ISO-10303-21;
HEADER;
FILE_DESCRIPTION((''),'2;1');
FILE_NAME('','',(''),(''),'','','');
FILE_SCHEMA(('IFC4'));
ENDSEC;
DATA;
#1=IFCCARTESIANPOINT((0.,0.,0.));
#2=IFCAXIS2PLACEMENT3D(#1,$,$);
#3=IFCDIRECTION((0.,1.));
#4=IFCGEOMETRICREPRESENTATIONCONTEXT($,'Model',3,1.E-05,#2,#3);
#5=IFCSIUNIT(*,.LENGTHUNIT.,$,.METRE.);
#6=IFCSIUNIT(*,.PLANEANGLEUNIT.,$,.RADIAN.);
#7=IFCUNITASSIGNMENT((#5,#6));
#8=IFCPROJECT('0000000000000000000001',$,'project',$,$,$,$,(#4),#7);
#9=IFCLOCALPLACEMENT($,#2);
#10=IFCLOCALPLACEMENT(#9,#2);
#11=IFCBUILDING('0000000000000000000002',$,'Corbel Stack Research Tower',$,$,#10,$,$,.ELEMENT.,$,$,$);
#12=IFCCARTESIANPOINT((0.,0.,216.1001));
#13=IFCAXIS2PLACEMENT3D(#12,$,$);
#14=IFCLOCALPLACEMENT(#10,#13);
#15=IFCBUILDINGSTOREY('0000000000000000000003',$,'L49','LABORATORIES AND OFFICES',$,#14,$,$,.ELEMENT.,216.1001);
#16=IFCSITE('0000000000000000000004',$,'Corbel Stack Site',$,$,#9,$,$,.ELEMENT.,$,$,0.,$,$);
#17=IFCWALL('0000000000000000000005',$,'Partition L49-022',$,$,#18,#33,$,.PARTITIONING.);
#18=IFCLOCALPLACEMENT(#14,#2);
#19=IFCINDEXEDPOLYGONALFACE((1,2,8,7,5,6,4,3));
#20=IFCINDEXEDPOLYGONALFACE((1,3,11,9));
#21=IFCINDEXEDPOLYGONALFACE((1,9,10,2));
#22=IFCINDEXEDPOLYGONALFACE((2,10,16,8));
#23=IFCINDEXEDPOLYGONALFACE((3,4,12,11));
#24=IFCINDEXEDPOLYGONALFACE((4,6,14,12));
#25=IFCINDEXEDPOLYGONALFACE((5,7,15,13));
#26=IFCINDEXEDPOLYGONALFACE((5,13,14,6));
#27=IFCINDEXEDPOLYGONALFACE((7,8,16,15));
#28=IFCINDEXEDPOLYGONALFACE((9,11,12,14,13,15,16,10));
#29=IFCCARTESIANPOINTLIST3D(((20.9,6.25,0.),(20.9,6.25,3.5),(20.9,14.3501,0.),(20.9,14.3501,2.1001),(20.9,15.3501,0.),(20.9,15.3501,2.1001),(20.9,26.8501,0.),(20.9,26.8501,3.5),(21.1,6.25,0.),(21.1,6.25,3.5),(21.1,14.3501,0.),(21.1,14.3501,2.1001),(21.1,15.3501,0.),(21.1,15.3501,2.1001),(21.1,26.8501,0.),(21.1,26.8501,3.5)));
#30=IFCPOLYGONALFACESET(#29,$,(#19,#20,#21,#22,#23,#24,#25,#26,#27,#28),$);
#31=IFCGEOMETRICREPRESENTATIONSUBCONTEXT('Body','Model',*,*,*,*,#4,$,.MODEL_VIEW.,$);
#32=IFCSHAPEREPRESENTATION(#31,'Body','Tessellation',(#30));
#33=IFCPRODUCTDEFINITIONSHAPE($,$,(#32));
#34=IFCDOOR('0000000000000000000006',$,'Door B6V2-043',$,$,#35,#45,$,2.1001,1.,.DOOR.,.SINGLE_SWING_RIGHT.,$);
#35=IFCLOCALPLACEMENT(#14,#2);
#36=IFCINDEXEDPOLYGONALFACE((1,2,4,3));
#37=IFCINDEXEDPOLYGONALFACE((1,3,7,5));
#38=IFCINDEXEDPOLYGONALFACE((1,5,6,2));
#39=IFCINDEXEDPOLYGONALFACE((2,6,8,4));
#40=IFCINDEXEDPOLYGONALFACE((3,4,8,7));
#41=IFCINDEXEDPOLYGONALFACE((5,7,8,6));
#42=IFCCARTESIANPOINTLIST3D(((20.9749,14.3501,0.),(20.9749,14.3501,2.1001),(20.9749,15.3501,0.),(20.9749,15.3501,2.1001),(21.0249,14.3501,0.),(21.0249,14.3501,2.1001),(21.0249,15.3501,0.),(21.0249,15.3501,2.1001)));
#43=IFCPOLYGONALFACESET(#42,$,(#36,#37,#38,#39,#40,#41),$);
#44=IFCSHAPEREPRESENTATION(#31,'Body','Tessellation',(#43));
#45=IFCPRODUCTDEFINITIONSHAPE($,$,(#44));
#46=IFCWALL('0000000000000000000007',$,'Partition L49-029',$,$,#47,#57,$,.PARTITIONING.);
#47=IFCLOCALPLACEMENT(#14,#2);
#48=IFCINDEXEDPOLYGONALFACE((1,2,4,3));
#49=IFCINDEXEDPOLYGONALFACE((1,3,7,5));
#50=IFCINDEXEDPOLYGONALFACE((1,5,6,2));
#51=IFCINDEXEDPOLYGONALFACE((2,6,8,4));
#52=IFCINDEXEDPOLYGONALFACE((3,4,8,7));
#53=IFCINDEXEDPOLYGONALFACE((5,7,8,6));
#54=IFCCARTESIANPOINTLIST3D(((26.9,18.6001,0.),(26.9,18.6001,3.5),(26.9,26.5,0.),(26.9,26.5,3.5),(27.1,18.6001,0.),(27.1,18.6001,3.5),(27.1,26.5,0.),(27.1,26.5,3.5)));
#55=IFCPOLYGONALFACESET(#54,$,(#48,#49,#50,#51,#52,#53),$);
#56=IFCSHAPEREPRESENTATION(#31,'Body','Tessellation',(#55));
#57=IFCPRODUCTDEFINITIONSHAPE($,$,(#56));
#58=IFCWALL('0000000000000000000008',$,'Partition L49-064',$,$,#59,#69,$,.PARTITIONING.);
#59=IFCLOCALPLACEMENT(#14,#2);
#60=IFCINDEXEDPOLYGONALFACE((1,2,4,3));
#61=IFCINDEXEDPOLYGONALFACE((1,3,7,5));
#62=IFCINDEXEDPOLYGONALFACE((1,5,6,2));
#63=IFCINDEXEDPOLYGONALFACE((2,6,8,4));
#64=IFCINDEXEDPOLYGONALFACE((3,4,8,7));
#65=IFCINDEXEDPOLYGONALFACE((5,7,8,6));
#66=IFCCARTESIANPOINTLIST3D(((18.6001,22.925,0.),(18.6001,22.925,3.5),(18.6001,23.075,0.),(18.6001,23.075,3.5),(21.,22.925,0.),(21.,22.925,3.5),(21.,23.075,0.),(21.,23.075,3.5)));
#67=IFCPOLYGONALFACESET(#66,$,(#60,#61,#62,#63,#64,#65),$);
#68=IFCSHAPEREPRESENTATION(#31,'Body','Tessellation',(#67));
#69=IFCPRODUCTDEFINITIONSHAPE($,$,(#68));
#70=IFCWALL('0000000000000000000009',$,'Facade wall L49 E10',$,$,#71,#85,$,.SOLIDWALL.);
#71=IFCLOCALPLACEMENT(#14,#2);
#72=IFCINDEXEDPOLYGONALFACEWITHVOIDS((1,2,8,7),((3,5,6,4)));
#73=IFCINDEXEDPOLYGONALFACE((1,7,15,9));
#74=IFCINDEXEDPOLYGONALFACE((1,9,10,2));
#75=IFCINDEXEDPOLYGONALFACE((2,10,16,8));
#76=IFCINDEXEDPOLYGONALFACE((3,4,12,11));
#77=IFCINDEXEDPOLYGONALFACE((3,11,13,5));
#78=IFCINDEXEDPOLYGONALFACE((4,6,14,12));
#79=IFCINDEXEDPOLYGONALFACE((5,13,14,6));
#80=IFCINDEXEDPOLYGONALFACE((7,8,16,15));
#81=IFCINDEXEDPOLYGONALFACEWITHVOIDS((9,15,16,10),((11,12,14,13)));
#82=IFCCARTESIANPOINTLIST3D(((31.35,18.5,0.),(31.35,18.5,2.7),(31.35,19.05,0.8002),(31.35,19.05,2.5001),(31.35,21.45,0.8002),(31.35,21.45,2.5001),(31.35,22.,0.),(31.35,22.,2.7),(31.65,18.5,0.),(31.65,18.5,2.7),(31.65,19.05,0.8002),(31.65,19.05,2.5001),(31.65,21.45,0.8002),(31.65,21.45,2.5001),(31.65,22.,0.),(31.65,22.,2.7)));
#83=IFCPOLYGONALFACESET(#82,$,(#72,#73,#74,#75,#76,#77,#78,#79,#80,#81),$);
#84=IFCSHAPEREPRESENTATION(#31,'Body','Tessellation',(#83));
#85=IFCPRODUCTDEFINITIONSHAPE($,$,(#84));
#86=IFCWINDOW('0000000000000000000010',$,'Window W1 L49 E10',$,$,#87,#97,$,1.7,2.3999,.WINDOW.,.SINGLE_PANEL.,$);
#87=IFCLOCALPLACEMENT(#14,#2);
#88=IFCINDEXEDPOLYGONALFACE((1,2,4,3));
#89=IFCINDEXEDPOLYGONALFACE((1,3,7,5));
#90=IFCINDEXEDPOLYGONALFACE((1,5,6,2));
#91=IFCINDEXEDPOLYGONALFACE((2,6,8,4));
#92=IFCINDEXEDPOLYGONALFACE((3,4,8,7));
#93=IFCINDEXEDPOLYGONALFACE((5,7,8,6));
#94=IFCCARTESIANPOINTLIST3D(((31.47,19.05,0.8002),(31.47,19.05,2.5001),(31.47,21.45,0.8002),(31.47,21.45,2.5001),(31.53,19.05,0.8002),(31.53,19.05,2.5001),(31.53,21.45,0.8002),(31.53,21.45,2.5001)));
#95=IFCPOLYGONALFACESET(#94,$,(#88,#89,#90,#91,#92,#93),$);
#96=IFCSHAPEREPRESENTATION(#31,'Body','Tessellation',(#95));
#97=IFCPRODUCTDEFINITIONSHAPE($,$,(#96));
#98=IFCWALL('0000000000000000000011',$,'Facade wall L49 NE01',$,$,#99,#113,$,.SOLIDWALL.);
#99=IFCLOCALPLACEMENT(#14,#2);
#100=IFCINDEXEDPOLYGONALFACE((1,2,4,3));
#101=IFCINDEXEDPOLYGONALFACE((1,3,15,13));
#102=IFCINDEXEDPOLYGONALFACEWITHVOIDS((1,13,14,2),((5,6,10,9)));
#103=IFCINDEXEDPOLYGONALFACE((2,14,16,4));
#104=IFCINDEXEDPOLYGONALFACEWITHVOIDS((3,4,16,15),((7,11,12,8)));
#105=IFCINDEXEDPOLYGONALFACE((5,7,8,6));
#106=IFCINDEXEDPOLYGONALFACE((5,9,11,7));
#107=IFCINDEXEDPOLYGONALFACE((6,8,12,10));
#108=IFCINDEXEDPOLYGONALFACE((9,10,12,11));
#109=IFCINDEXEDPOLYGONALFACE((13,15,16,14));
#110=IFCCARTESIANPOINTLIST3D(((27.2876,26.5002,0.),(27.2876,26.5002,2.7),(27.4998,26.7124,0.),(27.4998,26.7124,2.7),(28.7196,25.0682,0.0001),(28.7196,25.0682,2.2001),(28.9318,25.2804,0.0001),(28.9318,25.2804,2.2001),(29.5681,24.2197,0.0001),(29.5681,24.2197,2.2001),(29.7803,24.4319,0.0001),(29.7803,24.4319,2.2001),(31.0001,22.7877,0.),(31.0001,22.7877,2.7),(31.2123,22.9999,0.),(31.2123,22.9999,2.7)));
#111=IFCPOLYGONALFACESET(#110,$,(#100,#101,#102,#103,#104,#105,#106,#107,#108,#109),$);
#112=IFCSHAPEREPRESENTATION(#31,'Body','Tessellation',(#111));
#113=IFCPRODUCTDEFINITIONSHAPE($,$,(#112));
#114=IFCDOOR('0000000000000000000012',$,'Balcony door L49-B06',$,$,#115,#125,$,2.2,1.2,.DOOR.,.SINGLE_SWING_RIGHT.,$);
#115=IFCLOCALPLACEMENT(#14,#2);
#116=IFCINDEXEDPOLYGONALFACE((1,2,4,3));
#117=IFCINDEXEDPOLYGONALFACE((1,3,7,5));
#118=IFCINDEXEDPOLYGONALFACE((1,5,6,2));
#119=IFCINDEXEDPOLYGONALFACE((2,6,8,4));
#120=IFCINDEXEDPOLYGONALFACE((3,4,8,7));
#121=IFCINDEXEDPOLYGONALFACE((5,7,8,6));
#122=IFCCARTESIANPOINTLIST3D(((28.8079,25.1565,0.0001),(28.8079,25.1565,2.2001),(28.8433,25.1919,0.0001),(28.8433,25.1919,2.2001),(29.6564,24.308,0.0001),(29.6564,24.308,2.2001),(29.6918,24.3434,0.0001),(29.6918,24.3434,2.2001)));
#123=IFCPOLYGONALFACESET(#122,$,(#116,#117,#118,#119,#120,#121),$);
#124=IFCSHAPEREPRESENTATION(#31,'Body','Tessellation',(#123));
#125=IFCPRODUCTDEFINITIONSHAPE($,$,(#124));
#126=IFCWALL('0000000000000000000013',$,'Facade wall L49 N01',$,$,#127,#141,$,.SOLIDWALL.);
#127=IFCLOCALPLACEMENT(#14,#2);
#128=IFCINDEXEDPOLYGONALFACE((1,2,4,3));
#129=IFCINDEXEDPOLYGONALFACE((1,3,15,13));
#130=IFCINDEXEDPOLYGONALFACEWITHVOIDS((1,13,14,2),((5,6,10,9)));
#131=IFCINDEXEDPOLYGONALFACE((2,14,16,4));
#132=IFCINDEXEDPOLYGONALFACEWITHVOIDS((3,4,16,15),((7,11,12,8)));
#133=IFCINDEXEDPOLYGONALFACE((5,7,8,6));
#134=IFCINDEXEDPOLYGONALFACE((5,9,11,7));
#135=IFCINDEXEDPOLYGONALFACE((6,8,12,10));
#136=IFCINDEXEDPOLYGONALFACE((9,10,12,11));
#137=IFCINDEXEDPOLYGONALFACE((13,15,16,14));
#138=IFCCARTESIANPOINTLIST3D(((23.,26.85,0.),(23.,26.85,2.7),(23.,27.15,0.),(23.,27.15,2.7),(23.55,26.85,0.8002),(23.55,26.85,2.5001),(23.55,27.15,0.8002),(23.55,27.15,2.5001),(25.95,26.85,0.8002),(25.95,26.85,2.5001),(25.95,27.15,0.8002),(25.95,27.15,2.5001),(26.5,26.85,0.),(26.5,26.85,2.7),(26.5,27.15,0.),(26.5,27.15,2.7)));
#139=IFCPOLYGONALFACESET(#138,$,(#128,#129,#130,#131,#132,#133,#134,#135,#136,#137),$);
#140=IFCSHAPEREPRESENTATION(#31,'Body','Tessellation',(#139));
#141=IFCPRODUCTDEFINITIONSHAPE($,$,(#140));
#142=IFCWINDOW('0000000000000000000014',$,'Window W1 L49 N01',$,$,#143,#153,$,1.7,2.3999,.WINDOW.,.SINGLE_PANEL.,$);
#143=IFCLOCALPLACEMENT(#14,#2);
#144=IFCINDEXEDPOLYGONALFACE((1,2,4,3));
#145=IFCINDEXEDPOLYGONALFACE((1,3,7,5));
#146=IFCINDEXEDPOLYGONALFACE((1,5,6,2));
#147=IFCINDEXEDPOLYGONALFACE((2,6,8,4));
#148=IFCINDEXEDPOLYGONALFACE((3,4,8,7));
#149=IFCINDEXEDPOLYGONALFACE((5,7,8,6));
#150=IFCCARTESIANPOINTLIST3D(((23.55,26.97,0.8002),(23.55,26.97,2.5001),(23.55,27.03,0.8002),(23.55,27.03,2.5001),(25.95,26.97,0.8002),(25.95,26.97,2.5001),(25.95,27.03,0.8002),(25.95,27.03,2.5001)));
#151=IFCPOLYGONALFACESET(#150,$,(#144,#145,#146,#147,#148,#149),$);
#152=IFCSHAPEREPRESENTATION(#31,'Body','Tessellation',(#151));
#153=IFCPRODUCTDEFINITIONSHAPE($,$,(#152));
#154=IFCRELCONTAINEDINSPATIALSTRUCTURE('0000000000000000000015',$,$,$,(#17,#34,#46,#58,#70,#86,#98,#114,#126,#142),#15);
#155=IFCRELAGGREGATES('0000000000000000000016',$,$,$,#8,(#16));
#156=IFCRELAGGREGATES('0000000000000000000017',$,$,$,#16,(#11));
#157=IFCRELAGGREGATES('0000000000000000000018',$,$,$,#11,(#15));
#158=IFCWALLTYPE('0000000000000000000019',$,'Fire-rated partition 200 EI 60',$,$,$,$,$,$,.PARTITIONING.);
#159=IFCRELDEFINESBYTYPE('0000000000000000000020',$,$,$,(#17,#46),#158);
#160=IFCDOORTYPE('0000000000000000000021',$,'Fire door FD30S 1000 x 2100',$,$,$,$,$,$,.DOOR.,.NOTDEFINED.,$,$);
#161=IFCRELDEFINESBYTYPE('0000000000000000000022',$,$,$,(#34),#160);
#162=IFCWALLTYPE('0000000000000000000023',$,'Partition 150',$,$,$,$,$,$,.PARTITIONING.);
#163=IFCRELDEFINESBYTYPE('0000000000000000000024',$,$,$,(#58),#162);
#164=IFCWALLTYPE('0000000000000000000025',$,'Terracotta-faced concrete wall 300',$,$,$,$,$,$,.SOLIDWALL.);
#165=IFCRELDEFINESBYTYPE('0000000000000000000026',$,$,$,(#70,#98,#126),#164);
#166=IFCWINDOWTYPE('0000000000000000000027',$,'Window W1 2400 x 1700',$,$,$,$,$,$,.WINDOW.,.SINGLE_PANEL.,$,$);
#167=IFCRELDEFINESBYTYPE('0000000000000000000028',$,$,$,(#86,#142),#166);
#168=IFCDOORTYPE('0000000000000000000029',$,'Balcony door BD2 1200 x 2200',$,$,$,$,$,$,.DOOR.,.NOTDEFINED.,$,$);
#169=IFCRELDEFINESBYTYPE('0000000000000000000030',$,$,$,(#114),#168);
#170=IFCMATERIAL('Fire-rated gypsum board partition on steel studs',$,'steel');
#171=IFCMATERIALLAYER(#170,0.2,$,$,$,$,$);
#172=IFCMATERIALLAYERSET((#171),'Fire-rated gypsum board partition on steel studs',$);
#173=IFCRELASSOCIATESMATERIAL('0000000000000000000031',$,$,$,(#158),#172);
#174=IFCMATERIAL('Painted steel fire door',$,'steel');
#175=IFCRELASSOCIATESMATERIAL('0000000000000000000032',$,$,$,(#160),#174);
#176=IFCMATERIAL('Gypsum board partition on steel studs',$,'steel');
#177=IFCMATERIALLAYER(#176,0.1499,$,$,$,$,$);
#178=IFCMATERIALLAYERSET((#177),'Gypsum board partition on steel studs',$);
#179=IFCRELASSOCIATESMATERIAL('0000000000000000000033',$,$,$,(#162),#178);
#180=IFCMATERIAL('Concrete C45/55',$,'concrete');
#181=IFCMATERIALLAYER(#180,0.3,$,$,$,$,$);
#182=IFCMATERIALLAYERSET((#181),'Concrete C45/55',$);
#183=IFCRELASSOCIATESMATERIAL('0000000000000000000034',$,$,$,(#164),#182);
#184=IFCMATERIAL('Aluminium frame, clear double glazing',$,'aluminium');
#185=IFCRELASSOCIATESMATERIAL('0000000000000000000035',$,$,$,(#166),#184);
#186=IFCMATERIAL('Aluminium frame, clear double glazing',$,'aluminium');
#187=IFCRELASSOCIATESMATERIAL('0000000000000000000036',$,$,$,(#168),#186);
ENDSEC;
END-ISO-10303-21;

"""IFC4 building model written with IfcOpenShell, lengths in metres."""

from ifc_helpers import new_model, si_unit, direction, frame, frame_2d, origin, place, context, subcontext, project, spatial, rectangle, extrude, material, layer, layer_set, type_object, element, fill, save


model = new_model("IFC4")

# Units and contexts
model_context = context("Model", 3, precision=1e-05, world=origin(), true_north=direction((0.0, 1.0)))
body_context = subcontext(model_context, "Body", "Model", "MODEL_VIEW")
ifc_project = project(units=[si_unit("LENGTHUNIT", "METRE"), si_unit("PLANEANGLEUNIT", "RADIAN")], contexts=[model_context])

# Site, building, storey
site_placement = place(None, origin())
site = spatial("IfcSite", under=ifc_project, at=site_placement, Name="Corbel Stack Site", CompositionType="ELEMENT", RefElevation=0.0)
building_placement = place(site_placement, origin())
building = spatial("IfcBuilding", under=site, at=building_placement, Name="Corbel Stack Research Tower", CompositionType="ELEMENT")
storey_placement = place(building_placement, frame((0.0, 0.0, 216.1001)))
storey = spatial("IfcBuildingStorey", under=building, at=storey_placement, Name="L49", Description="LABORATORIES AND OFFICES", CompositionType="ELEMENT", Elevation=216.1001)

# Wall, opening, door
ifc_material_1 = material(Name="Fire-rated gypsum board partition on steel studs", Category="steel")
ifc_layer_1 = layer(ifc_material_1, 0.2)
ifc_layer_set_1 = layer_set([ifc_layer_1], Name="Fire-rated gypsum board partition on steel studs")
wall_type_1 = type_object("IfcWallType", Name="Fire-rated partition 200 EI 60", PredefinedType="PARTITIONING", material=ifc_layer_set_1)
wall_1_placement = place(storey_placement, frame((21.0, 26.8501, 0.0), z_axis=(0.0, 0.0, 1.0), x_axis=(0.0, -1.0, 0.0)))
wall_1 = element("IfcWall", 1, at=wall_1_placement, inside=storey, type_object=wall_type_1, Name="Partition L49-022", PredefinedType="PARTITIONING", context=body_context, shape_type="SweptSolid", body=[
    extrude(rectangle(XDim=20.6001, YDim=0.2, at=frame_2d((10.3, 0.0))), origin(), (0.0, 0.0, 1.0), 3.5),
])
opening_1_placement = place(wall_1_placement, frame((11.5, 0.0, 0.0)))
opening_1 = element("IfcOpeningElement", 2, at=opening_1_placement, cuts=wall_1, PredefinedType="OPENING", context=body_context, shape_type="SweptSolid", body=[
    extrude(rectangle(XDim=1.0, YDim=2.1001, at=frame_2d((0.5, 1.05))), frame((0.0, 0.1099, 0.0), z_axis=(0.0, -1.0, 0.0), x_axis=(1.0, 0.0, 0.0)), (0.0, 0.0, 1.0), 0.22),
])
ifc_material_2 = material(Name="Painted steel fire door", Category="steel")
door_type_1 = type_object("IfcDoorType", Name="Fire door FD30S 1000 x 2100", OperationType="NOTDEFINED", PredefinedType="DOOR", material=ifc_material_2)
door_1_placement = place(opening_1_placement, origin())
door_1 = element("IfcDoor", 3, at=door_1_placement, inside=storey, type_object=door_type_1, Name="Door B6V2-043", OperationType="SINGLE_SWING_RIGHT", OverallHeight=2.1001, OverallWidth=1.0, PredefinedType="DOOR", context=body_context, shape_type="SweptSolid", body=[
    extrude(rectangle(XDim=1.0, YDim=2.1001, at=frame_2d((0.5, 1.05))), frame((0.0, 0.0249, 0.0), z_axis=(0.0, -1.0, 0.0), x_axis=(1.0, 0.0, 0.0)), (0.0, 0.0, 1.0), 0.05),
])
fill(opening_1, door_1)

# Walls
wall_2_placement = place(storey_placement, frame((27.0, 18.6001, 0.0), z_axis=(0.0, 0.0, 1.0), x_axis=(0.0, 1.0, 0.0)))
element("IfcWall", 4, at=wall_2_placement, inside=storey, type_object=wall_type_1, Name="Partition L49-029", PredefinedType="PARTITIONING", context=body_context, shape_type="SweptSolid", body=[
    extrude(rectangle(XDim=7.8999, YDim=0.2, at=frame_2d((3.95, 0.0))), origin(), (0.0, 0.0, 1.0), 3.5),
])
ifc_material_3 = material(Name="Gypsum board partition on steel studs", Category="steel")
ifc_layer_2 = layer(ifc_material_3, 0.1499)
ifc_layer_set_2 = layer_set([ifc_layer_2], Name="Gypsum board partition on steel studs")
wall_type_2 = type_object("IfcWallType", Name="Partition 150", PredefinedType="PARTITIONING", material=ifc_layer_set_2)
wall_3_placement = place(storey_placement, frame((18.6001, 23.0, 0.0), z_axis=(0.0, 0.0, 1.0), x_axis=(1.0, 0.0, 0.0)))
element("IfcWall", 5, at=wall_3_placement, inside=storey, type_object=wall_type_2, Name="Partition L49-064", PredefinedType="PARTITIONING", context=body_context, shape_type="SweptSolid", body=[
    extrude(rectangle(XDim=2.3999, YDim=0.1499, at=frame_2d((1.2, 0.0))), origin(), (0.0, 0.0, 1.0), 3.5),
])

# Wall, opening, window
ifc_material_4 = material(Name="Concrete C45/55", Category="concrete")
ifc_layer_3 = layer(ifc_material_4, 0.3)
ifc_layer_set_3 = layer_set([ifc_layer_3], Name="Concrete C45/55")
wall_type_3 = type_object("IfcWallType", Name="Terracotta-faced concrete wall 300", PredefinedType="SOLIDWALL", material=ifc_layer_set_3)
wall_4_placement = place(storey_placement, frame((31.5, 22.0, 0.0), z_axis=(0.0, 0.0, 1.0), x_axis=(0.0, -1.0, 0.0)))
wall_4 = element("IfcWall", 6, at=wall_4_placement, inside=storey, type_object=wall_type_3, Name="Facade wall L49 E10", PredefinedType="SOLIDWALL", context=body_context, shape_type="SweptSolid", body=[
    extrude(rectangle(XDim=3.5, YDim=0.3, at=frame_2d((1.75, 0.0))), origin(), (0.0, 0.0, 1.0), 2.7),
])
opening_2_placement = place(wall_4_placement, frame((0.55, 0.0, 0.8)))
opening_2 = element("IfcOpeningElement", 7, at=opening_2_placement, cuts=wall_4, PredefinedType="OPENING", context=body_context, shape_type="SweptSolid", body=[
    extrude(rectangle(XDim=2.3999, YDim=1.7, at=frame_2d((1.2, 0.8501))), frame((0.0, 0.1599, 0.0), z_axis=(0.0, -1.0, 0.0), x_axis=(1.0, 0.0, 0.0)), (0.0, 0.0, 1.0), 0.3201),
])
ifc_material_5 = material(Name="Aluminium frame, clear double glazing", Category="aluminium")
window_type = type_object("IfcWindowType", Name="Window W1 2400 x 1700", PartitioningType="SINGLE_PANEL", PredefinedType="WINDOW", material=ifc_material_5)
window_1_placement = place(opening_2_placement, origin())
window_1 = element("IfcWindow", 8, at=window_1_placement, inside=storey, type_object=window_type, Name="Window W1 L49 E10", OverallHeight=1.7, OverallWidth=2.3999, PartitioningType="SINGLE_PANEL", PredefinedType="WINDOW", context=body_context, shape_type="SweptSolid", body=[
    extrude(rectangle(XDim=2.3999, YDim=1.7, at=frame_2d((1.2, 0.8501))), frame((0.0, 0.03, 0.0), z_axis=(0.0, -1.0, 0.0), x_axis=(1.0, 0.0, 0.0)), (0.0, 0.0, 1.0), 0.0601),
])
fill(opening_2, window_1)

# Wall, opening, door
wall_5_placement = place(storey_placement, frame((27.3938, 26.6062, 0.0), z_axis=(0.0, 0.0, 1.0), x_axis=(0.707107, -0.707107, 0.0)))
wall_5 = element("IfcWall", 9, at=wall_5_placement, inside=storey, type_object=wall_type_3, Name="Facade wall L49 NE01", PredefinedType="SOLIDWALL", context=body_context, shape_type="SweptSolid", body=[
    extrude(rectangle(XDim=5.2502, YDim=0.3, at=frame_2d((2.625, 0.0))), origin(), (0.0, 0.0, 1.0), 2.7),
])
opening_3_placement = place(wall_5_placement, frame((2.0249, 0.0, 0.0)))
opening_3 = element("IfcOpeningElement", 10, at=opening_3_placement, cuts=wall_5, PredefinedType="OPENING", context=body_context, shape_type="SweptSolid", body=[
    extrude(rectangle(XDim=1.2, YDim=2.2, at=frame_2d((0.6001, 1.1001))), frame((0.0, 0.1599, 0.0), z_axis=(0.0, -1.0, 0.0), x_axis=(1.0, 0.0, 0.0)), (0.0, 0.0, 1.0), 0.3201),
])
ifc_material_6 = material(Name="Aluminium frame, clear double glazing", Category="aluminium")
door_type_2 = type_object("IfcDoorType", Name="Balcony door BD2 1200 x 2200", OperationType="NOTDEFINED", PredefinedType="DOOR", material=ifc_material_6)
door_2_placement = place(opening_3_placement, origin())
door_2 = element("IfcDoor", 11, at=door_2_placement, inside=storey, type_object=door_type_2, Name="Balcony door L49-B06", OperationType="SINGLE_SWING_RIGHT", OverallHeight=2.2, OverallWidth=1.2, PredefinedType="DOOR", context=body_context, shape_type="SweptSolid", body=[
    extrude(rectangle(XDim=1.2, YDim=2.2, at=frame_2d((0.6001, 1.1001))), frame((0.0, 0.0249, 0.0), z_axis=(0.0, -1.0, 0.0), x_axis=(1.0, 0.0, 0.0)), (0.0, 0.0, 1.0), 0.05),
])
fill(opening_3, door_2)

# Wall, opening, window
wall_6_placement = place(storey_placement, frame((23.0, 27.0, 0.0), z_axis=(0.0, 0.0, 1.0), x_axis=(1.0, 0.0, 0.0)))
wall_6 = element("IfcWall", 12, at=wall_6_placement, inside=storey, type_object=wall_type_3, Name="Facade wall L49 N01", PredefinedType="SOLIDWALL", context=body_context, shape_type="SweptSolid", body=[
    extrude(rectangle(XDim=3.5, YDim=0.3, at=frame_2d((1.75, 0.0))), origin(), (0.0, 0.0, 1.0), 2.7),
])
opening_4_placement = place(wall_6_placement, frame((0.55, 0.0, 0.8)))
opening_4 = element("IfcOpeningElement", 13, at=opening_4_placement, cuts=wall_6, PredefinedType="OPENING", context=body_context, shape_type="SweptSolid", body=[
    extrude(rectangle(XDim=2.3999, YDim=1.7, at=frame_2d((1.2, 0.8501))), frame((0.0, 0.1599, 0.0), z_axis=(0.0, -1.0, 0.0), x_axis=(1.0, 0.0, 0.0)), (0.0, 0.0, 1.0), 0.3201),
])
window_2_placement = place(opening_4_placement, origin())
window_2 = element("IfcWindow", 14, at=window_2_placement, inside=storey, type_object=window_type, Name="Window W1 L49 N01", OverallHeight=1.7, OverallWidth=2.3999, PartitioningType="SINGLE_PANEL", PredefinedType="WINDOW", context=body_context, shape_type="SweptSolid", body=[
    extrude(rectangle(XDim=2.3999, YDim=1.7, at=frame_2d((1.2, 0.8501))), frame((0.0, 0.03, 0.0), z_axis=(0.0, -1.0, 0.0), x_axis=(1.0, 0.0, 0.0)), (0.0, 0.0, 1.0), 0.0601),
])
fill(opening_4, window_2)

save(model, "model.ifc")
